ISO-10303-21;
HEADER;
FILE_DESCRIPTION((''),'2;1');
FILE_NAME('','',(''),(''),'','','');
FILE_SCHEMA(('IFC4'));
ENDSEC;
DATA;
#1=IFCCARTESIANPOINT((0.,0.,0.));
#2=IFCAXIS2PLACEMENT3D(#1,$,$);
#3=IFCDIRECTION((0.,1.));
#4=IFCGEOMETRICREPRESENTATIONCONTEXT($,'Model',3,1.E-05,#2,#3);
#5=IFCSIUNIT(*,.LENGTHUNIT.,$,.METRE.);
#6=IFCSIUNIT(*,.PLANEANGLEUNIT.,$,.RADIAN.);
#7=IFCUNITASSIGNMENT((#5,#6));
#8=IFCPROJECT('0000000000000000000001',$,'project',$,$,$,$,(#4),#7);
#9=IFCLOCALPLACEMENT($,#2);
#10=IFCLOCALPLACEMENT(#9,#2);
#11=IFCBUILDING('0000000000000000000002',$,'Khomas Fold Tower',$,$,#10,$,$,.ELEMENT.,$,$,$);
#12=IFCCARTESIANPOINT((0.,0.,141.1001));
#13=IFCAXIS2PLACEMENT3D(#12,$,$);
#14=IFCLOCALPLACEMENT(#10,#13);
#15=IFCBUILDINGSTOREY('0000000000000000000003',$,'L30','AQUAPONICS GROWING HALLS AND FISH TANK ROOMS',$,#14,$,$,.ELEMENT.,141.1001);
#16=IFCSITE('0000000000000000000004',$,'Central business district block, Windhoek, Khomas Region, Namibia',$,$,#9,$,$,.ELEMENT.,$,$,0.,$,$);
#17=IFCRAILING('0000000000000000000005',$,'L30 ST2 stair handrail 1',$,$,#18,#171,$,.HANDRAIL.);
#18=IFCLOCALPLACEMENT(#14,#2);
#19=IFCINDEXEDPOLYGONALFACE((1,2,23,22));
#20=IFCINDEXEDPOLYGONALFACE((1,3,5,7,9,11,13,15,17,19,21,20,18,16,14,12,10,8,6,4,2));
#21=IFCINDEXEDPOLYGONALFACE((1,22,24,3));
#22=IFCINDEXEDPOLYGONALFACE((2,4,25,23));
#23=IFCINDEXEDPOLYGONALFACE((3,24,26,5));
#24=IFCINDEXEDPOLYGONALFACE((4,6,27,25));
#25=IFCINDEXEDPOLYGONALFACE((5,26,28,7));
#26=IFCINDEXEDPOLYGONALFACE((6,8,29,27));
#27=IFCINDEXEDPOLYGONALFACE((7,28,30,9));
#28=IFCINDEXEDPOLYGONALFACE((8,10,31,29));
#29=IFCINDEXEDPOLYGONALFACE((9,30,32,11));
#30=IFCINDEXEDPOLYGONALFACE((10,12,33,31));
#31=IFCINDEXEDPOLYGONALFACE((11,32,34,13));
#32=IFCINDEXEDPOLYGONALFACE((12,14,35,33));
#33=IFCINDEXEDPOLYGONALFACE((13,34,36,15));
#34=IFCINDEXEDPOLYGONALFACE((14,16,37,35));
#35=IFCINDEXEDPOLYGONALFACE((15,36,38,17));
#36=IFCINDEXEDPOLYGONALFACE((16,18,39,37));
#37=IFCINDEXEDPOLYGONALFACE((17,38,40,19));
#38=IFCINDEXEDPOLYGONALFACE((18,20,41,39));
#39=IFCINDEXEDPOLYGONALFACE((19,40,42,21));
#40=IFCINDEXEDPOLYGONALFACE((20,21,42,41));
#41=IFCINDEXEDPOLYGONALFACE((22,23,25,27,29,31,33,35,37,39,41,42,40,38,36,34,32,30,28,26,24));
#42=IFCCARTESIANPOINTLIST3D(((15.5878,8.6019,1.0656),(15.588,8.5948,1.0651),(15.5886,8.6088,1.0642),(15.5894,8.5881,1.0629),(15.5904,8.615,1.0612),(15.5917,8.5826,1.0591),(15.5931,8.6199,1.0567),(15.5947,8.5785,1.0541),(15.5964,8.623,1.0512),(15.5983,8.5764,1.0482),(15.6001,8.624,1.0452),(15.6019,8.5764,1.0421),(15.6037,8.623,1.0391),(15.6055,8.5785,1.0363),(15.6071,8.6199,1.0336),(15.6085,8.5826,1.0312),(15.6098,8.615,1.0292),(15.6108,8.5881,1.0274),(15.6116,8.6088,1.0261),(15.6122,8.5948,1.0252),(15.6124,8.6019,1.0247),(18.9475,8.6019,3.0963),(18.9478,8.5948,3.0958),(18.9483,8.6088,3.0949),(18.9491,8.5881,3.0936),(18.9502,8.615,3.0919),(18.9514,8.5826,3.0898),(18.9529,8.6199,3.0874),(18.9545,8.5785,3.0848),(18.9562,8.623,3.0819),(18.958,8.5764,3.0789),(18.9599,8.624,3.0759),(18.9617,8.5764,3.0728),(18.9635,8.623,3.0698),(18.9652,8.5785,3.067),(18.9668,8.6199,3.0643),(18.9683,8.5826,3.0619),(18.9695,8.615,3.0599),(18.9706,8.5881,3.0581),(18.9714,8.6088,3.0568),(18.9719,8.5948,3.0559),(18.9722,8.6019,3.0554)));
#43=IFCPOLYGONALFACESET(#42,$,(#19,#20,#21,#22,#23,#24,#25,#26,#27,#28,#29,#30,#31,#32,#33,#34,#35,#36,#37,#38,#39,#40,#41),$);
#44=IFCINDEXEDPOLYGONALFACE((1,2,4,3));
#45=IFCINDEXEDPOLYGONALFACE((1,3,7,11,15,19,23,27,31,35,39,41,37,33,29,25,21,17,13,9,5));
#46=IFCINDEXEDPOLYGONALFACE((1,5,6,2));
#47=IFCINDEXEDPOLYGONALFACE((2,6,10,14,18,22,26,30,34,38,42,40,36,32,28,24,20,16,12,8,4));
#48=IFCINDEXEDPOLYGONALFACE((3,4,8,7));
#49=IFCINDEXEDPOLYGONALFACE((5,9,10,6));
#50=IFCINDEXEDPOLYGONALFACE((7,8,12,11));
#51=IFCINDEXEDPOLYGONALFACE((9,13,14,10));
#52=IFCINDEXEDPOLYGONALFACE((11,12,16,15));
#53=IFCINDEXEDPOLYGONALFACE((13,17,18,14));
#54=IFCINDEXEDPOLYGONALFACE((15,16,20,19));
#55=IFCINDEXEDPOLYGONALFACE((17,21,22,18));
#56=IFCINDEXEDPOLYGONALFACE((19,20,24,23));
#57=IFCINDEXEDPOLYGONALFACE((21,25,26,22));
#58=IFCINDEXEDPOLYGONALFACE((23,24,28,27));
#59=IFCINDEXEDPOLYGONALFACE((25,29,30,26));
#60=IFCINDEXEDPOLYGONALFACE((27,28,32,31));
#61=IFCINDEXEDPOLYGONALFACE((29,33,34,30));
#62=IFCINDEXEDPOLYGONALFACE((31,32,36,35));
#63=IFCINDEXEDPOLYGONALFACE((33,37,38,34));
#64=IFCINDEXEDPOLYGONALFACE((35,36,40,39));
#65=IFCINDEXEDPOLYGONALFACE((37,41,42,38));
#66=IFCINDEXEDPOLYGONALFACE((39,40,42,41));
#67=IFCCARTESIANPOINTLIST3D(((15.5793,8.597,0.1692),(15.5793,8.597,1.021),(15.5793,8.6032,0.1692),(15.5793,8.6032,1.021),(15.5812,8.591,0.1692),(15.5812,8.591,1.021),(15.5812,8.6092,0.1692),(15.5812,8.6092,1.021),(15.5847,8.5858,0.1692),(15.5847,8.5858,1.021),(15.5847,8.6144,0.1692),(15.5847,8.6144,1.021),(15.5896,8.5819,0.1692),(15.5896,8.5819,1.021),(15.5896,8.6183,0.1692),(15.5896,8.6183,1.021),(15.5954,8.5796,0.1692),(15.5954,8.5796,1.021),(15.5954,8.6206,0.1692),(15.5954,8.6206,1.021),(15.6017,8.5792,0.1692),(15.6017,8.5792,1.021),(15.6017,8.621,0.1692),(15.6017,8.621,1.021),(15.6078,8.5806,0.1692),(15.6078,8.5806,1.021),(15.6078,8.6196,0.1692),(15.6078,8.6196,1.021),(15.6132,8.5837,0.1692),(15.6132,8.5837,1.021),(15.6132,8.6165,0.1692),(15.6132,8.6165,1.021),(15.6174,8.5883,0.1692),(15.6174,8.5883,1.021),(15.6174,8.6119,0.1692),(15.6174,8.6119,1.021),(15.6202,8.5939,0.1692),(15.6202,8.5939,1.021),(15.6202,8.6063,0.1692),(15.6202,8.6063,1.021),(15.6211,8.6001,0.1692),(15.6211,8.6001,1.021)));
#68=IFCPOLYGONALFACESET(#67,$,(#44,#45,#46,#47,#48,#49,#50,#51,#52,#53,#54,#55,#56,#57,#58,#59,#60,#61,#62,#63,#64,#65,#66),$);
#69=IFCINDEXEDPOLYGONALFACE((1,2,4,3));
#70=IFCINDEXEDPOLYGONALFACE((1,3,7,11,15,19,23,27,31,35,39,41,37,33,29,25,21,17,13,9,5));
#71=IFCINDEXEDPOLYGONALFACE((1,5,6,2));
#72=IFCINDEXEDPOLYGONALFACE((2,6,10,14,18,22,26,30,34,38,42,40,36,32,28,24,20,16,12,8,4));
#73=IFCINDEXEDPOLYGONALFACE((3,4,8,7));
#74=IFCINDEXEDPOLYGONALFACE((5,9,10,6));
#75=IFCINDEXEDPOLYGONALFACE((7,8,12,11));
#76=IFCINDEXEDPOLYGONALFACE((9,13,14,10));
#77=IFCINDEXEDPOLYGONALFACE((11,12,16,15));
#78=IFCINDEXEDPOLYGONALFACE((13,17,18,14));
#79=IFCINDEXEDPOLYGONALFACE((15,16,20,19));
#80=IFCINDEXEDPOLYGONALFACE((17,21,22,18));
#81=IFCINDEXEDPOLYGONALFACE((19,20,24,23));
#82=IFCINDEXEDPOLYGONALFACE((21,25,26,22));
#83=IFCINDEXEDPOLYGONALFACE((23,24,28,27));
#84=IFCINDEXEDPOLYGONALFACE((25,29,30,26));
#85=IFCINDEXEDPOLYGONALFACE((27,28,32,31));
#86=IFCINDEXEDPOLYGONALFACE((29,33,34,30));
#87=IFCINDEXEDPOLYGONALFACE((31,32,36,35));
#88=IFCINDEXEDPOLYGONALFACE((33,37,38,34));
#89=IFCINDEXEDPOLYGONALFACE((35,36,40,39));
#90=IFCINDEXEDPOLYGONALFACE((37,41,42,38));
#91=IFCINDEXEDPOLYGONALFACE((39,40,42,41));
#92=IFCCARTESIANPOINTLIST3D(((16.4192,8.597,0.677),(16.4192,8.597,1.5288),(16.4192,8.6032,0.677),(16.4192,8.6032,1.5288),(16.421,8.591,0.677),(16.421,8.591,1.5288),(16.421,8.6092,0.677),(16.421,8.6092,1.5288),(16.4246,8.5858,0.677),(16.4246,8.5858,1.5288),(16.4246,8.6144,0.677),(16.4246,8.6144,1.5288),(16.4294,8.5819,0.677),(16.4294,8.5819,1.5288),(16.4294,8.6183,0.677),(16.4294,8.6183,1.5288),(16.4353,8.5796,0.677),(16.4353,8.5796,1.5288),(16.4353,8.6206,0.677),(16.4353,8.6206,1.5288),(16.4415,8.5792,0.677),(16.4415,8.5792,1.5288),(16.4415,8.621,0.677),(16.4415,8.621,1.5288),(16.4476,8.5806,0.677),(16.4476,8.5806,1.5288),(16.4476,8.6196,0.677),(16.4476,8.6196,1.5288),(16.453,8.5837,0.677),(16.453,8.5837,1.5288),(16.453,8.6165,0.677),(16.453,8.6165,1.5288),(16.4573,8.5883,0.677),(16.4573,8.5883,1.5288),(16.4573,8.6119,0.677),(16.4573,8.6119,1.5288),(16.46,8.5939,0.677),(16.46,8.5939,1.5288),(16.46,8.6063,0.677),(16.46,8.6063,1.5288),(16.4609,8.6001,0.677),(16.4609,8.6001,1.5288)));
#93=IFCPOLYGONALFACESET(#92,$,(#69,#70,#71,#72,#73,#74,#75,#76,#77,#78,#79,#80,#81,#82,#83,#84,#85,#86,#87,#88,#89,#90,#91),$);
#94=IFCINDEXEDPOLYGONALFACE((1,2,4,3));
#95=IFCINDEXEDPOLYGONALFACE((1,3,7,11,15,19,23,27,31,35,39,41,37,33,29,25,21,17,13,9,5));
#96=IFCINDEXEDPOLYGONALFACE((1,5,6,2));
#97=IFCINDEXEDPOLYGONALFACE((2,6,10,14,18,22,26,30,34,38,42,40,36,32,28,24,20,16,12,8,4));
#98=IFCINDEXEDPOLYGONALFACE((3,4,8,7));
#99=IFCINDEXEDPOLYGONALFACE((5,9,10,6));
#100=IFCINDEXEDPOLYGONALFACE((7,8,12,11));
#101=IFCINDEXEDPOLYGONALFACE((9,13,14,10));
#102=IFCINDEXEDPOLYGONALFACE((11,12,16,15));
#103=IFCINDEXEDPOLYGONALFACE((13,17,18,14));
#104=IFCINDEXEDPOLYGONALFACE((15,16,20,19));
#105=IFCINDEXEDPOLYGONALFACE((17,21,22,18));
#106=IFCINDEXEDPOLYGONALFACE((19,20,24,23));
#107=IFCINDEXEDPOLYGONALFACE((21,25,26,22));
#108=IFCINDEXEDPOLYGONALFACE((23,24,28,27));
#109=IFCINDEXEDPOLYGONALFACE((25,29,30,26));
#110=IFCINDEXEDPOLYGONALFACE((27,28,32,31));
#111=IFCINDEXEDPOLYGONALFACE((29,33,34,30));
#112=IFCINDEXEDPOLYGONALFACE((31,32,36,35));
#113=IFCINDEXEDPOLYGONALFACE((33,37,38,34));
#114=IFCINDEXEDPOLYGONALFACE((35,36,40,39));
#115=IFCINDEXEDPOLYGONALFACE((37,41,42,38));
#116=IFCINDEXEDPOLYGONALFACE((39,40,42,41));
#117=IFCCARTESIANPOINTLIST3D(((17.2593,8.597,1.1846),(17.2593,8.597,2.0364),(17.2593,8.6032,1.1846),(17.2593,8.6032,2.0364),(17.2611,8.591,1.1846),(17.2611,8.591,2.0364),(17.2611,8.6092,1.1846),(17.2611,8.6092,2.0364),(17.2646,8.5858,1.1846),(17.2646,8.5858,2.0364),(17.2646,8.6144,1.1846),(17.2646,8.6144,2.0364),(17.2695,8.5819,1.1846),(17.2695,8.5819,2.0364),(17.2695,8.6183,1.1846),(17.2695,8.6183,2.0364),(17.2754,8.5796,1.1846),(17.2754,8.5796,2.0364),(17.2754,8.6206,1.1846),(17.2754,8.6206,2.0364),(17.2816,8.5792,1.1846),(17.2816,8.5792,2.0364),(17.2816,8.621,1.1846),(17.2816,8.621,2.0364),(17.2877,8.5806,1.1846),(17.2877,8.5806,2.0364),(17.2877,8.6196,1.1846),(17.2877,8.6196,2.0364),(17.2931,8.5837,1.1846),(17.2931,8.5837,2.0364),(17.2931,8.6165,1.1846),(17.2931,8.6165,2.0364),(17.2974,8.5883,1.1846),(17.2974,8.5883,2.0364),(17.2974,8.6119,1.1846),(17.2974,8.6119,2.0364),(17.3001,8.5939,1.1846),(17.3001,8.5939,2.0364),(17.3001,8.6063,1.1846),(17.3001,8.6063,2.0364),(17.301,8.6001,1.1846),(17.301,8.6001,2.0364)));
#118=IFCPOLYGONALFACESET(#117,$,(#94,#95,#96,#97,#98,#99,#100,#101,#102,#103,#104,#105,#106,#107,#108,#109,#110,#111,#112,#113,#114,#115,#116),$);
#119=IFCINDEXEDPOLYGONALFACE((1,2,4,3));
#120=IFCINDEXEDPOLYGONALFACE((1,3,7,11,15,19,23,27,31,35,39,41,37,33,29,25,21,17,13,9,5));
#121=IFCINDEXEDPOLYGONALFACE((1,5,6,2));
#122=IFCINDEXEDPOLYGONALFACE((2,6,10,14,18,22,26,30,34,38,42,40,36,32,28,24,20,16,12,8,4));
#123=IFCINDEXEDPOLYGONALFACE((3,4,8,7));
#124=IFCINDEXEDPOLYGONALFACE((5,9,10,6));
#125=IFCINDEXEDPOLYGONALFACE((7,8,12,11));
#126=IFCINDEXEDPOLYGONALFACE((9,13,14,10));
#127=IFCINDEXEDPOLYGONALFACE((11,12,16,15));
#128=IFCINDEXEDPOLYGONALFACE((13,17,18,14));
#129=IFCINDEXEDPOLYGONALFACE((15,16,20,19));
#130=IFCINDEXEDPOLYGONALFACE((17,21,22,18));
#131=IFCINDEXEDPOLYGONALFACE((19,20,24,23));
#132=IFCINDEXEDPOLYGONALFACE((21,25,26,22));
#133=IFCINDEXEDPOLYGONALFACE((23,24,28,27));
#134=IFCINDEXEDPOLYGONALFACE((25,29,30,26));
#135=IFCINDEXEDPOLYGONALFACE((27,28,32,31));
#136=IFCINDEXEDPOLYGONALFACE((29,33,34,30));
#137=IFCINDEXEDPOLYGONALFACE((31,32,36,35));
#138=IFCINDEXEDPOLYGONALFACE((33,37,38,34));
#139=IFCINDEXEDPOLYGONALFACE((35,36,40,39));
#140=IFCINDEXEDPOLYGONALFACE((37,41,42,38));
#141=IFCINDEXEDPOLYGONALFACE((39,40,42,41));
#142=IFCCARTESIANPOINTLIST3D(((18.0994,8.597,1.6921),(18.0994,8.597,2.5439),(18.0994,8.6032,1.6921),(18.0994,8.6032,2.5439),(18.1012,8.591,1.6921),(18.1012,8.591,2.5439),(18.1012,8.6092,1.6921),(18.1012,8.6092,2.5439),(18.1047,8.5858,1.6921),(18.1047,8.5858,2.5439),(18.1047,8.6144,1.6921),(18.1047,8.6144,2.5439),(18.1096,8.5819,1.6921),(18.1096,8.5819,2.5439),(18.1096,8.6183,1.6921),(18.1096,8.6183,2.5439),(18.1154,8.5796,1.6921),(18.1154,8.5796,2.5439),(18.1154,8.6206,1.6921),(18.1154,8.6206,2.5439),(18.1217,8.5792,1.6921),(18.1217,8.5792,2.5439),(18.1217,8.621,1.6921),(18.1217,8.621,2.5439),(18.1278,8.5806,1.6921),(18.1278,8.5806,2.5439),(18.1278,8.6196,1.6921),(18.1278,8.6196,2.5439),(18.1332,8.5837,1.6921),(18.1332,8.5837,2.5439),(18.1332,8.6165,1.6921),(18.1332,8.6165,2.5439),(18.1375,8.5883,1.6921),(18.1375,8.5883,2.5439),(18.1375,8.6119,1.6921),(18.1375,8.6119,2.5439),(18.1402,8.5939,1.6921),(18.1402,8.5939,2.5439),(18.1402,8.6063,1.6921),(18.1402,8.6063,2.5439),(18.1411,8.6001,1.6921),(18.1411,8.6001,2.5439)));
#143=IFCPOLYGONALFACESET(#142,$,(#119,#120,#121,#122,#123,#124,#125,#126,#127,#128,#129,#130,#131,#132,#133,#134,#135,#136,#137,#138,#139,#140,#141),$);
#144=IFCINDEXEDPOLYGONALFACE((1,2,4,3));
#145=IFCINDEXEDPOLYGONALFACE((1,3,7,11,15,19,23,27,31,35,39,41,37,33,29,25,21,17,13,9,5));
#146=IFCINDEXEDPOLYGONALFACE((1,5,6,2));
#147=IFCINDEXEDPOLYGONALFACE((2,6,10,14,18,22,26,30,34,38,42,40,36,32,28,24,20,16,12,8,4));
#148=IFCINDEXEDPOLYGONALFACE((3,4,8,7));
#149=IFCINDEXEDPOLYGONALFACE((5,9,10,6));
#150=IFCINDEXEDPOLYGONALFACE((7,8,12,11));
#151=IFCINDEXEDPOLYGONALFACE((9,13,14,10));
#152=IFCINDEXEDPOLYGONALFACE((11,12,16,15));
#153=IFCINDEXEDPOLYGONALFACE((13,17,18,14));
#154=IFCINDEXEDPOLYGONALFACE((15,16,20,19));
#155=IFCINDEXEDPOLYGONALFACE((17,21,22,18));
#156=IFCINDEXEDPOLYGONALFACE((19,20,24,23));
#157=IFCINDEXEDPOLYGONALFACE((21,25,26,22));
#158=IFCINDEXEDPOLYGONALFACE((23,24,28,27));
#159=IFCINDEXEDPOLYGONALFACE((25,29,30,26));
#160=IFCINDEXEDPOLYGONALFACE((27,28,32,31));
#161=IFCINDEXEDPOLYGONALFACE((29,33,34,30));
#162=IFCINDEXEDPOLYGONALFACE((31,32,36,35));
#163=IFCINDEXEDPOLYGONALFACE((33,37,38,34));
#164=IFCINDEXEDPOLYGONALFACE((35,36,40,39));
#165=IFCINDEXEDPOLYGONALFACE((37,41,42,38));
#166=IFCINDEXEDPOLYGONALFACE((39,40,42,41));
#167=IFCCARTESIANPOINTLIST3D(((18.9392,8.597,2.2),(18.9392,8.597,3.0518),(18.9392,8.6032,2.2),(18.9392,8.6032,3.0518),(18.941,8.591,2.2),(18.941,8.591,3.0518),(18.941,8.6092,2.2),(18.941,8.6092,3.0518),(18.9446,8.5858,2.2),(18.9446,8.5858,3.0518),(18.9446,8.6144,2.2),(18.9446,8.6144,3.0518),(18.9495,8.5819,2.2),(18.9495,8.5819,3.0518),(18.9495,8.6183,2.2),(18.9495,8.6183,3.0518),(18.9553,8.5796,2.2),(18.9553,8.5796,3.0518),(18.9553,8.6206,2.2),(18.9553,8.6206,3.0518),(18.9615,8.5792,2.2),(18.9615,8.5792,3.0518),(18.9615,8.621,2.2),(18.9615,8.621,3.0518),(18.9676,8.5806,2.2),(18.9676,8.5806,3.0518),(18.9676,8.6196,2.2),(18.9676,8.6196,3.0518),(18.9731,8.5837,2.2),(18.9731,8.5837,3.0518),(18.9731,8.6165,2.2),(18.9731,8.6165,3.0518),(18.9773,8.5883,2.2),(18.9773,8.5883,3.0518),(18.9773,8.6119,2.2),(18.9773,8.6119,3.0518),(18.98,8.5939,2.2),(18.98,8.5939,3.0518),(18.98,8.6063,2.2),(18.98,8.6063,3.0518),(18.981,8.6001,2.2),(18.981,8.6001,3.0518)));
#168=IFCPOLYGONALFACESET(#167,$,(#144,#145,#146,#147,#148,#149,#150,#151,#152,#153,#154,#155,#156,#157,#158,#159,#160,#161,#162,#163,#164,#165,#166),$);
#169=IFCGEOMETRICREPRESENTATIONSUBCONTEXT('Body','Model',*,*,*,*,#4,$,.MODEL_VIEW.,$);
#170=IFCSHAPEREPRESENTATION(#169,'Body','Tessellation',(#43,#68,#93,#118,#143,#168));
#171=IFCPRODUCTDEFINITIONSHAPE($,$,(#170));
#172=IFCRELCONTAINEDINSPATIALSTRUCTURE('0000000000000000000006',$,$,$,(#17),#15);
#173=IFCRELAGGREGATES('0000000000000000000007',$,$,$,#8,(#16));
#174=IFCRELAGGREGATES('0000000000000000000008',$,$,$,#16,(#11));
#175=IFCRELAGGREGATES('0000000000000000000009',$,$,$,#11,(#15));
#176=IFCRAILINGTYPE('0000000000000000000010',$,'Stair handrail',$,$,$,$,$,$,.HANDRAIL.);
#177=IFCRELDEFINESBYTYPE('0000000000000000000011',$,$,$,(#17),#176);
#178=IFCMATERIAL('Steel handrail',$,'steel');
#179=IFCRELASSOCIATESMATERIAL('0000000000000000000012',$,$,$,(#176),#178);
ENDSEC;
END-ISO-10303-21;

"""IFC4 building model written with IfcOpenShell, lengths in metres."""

from ifc_helpers import new_model, si_unit, direction, frame, origin, origin_2d, place, context, subcontext, project, spatial, circle, extrude, source, transform, mapped, material, type_object, element, save


model = new_model("IFC4")

# Units and contexts
model_context = context("Model", 3, precision=1e-05, world=origin(), true_north=direction((0.0, 1.0)))
body_context = subcontext(model_context, "Body", "Model", "MODEL_VIEW")
ifc_project = project(units=[si_unit("LENGTHUNIT", "METRE"), si_unit("PLANEANGLEUNIT", "RADIAN")], contexts=[model_context])

# Site, building, storey
site_placement = place(None, origin())
site = spatial("IfcSite", under=ifc_project, at=site_placement, Name="Central business district block, Windhoek, Khomas Region, Namibia", CompositionType="ELEMENT", RefElevation=0.0)
building_placement = place(site_placement, origin())
building = spatial("IfcBuilding", under=site, at=building_placement, Name="Khomas Fold Tower", CompositionType="ELEMENT")
storey_placement = place(building_placement, frame((0.0, 0.0, 141.1001)))
storey = spatial("IfcBuildingStorey", under=building, at=storey_placement, Name="L30", Description="AQUAPONICS GROWING HALLS AND FISH TANK ROOMS", CompositionType="ELEMENT", Elevation=141.1001)

# Railing
ifc_material_1 = material(Name="Steel handrail", Category="steel")
railing_type_1 = type_object("IfcRailingType", Name="Stair handrail", PredefinedType="HANDRAIL", material=ifc_material_1)
shared_shape_1 = source(origin(), body_context, "Body", "SweptSolid", [
    extrude(circle(Radius=0.0239, at=origin_2d()), frame((0.0, 0.0, 0.876), z_axis=(0.85582, 0.0, 0.517273), x_axis=(0.0, 1.0, 0.0)), (0.0, 0.0, 1.0), 3.9258),
    extrude(circle(Radius=0.021, at=origin_2d()), origin(), (0.0, 0.0, 1.0), 0.8518),
    extrude(circle(Radius=0.021, at=origin_2d()), frame((0.8398, 0.0, 0.5078)), (0.0, 0.0, 1.0), 0.8518),
    extrude(circle(Radius=0.021, at=origin_2d()), frame((1.6799, 0.0, 1.0154)), (0.0, 0.0, 1.0), 0.8518),
    extrude(circle(Radius=0.021, at=origin_2d()), frame((2.52, 0.0, 1.5229)), (0.0, 0.0, 1.0), 0.8518),
    extrude(circle(Radius=0.021, at=origin_2d()), frame((3.3599, 0.0, 2.0308)), (0.0, 0.0, 1.0), 0.8518),
])
railing_1_placement = place(storey_placement, frame((15.6001, 8.6001, 0.1692)))
element("IfcRailing", 1, at=railing_1_placement, inside=storey, type_object=railing_type_1, Name="L30 ST2 stair handrail 1", PredefinedType="HANDRAIL", context=body_context, shape_type="MappedRepresentation", body=[
    mapped(shared_shape_1, transform((0.0, 0.0, 0.0))),
])

save(model, "model.ifc")
